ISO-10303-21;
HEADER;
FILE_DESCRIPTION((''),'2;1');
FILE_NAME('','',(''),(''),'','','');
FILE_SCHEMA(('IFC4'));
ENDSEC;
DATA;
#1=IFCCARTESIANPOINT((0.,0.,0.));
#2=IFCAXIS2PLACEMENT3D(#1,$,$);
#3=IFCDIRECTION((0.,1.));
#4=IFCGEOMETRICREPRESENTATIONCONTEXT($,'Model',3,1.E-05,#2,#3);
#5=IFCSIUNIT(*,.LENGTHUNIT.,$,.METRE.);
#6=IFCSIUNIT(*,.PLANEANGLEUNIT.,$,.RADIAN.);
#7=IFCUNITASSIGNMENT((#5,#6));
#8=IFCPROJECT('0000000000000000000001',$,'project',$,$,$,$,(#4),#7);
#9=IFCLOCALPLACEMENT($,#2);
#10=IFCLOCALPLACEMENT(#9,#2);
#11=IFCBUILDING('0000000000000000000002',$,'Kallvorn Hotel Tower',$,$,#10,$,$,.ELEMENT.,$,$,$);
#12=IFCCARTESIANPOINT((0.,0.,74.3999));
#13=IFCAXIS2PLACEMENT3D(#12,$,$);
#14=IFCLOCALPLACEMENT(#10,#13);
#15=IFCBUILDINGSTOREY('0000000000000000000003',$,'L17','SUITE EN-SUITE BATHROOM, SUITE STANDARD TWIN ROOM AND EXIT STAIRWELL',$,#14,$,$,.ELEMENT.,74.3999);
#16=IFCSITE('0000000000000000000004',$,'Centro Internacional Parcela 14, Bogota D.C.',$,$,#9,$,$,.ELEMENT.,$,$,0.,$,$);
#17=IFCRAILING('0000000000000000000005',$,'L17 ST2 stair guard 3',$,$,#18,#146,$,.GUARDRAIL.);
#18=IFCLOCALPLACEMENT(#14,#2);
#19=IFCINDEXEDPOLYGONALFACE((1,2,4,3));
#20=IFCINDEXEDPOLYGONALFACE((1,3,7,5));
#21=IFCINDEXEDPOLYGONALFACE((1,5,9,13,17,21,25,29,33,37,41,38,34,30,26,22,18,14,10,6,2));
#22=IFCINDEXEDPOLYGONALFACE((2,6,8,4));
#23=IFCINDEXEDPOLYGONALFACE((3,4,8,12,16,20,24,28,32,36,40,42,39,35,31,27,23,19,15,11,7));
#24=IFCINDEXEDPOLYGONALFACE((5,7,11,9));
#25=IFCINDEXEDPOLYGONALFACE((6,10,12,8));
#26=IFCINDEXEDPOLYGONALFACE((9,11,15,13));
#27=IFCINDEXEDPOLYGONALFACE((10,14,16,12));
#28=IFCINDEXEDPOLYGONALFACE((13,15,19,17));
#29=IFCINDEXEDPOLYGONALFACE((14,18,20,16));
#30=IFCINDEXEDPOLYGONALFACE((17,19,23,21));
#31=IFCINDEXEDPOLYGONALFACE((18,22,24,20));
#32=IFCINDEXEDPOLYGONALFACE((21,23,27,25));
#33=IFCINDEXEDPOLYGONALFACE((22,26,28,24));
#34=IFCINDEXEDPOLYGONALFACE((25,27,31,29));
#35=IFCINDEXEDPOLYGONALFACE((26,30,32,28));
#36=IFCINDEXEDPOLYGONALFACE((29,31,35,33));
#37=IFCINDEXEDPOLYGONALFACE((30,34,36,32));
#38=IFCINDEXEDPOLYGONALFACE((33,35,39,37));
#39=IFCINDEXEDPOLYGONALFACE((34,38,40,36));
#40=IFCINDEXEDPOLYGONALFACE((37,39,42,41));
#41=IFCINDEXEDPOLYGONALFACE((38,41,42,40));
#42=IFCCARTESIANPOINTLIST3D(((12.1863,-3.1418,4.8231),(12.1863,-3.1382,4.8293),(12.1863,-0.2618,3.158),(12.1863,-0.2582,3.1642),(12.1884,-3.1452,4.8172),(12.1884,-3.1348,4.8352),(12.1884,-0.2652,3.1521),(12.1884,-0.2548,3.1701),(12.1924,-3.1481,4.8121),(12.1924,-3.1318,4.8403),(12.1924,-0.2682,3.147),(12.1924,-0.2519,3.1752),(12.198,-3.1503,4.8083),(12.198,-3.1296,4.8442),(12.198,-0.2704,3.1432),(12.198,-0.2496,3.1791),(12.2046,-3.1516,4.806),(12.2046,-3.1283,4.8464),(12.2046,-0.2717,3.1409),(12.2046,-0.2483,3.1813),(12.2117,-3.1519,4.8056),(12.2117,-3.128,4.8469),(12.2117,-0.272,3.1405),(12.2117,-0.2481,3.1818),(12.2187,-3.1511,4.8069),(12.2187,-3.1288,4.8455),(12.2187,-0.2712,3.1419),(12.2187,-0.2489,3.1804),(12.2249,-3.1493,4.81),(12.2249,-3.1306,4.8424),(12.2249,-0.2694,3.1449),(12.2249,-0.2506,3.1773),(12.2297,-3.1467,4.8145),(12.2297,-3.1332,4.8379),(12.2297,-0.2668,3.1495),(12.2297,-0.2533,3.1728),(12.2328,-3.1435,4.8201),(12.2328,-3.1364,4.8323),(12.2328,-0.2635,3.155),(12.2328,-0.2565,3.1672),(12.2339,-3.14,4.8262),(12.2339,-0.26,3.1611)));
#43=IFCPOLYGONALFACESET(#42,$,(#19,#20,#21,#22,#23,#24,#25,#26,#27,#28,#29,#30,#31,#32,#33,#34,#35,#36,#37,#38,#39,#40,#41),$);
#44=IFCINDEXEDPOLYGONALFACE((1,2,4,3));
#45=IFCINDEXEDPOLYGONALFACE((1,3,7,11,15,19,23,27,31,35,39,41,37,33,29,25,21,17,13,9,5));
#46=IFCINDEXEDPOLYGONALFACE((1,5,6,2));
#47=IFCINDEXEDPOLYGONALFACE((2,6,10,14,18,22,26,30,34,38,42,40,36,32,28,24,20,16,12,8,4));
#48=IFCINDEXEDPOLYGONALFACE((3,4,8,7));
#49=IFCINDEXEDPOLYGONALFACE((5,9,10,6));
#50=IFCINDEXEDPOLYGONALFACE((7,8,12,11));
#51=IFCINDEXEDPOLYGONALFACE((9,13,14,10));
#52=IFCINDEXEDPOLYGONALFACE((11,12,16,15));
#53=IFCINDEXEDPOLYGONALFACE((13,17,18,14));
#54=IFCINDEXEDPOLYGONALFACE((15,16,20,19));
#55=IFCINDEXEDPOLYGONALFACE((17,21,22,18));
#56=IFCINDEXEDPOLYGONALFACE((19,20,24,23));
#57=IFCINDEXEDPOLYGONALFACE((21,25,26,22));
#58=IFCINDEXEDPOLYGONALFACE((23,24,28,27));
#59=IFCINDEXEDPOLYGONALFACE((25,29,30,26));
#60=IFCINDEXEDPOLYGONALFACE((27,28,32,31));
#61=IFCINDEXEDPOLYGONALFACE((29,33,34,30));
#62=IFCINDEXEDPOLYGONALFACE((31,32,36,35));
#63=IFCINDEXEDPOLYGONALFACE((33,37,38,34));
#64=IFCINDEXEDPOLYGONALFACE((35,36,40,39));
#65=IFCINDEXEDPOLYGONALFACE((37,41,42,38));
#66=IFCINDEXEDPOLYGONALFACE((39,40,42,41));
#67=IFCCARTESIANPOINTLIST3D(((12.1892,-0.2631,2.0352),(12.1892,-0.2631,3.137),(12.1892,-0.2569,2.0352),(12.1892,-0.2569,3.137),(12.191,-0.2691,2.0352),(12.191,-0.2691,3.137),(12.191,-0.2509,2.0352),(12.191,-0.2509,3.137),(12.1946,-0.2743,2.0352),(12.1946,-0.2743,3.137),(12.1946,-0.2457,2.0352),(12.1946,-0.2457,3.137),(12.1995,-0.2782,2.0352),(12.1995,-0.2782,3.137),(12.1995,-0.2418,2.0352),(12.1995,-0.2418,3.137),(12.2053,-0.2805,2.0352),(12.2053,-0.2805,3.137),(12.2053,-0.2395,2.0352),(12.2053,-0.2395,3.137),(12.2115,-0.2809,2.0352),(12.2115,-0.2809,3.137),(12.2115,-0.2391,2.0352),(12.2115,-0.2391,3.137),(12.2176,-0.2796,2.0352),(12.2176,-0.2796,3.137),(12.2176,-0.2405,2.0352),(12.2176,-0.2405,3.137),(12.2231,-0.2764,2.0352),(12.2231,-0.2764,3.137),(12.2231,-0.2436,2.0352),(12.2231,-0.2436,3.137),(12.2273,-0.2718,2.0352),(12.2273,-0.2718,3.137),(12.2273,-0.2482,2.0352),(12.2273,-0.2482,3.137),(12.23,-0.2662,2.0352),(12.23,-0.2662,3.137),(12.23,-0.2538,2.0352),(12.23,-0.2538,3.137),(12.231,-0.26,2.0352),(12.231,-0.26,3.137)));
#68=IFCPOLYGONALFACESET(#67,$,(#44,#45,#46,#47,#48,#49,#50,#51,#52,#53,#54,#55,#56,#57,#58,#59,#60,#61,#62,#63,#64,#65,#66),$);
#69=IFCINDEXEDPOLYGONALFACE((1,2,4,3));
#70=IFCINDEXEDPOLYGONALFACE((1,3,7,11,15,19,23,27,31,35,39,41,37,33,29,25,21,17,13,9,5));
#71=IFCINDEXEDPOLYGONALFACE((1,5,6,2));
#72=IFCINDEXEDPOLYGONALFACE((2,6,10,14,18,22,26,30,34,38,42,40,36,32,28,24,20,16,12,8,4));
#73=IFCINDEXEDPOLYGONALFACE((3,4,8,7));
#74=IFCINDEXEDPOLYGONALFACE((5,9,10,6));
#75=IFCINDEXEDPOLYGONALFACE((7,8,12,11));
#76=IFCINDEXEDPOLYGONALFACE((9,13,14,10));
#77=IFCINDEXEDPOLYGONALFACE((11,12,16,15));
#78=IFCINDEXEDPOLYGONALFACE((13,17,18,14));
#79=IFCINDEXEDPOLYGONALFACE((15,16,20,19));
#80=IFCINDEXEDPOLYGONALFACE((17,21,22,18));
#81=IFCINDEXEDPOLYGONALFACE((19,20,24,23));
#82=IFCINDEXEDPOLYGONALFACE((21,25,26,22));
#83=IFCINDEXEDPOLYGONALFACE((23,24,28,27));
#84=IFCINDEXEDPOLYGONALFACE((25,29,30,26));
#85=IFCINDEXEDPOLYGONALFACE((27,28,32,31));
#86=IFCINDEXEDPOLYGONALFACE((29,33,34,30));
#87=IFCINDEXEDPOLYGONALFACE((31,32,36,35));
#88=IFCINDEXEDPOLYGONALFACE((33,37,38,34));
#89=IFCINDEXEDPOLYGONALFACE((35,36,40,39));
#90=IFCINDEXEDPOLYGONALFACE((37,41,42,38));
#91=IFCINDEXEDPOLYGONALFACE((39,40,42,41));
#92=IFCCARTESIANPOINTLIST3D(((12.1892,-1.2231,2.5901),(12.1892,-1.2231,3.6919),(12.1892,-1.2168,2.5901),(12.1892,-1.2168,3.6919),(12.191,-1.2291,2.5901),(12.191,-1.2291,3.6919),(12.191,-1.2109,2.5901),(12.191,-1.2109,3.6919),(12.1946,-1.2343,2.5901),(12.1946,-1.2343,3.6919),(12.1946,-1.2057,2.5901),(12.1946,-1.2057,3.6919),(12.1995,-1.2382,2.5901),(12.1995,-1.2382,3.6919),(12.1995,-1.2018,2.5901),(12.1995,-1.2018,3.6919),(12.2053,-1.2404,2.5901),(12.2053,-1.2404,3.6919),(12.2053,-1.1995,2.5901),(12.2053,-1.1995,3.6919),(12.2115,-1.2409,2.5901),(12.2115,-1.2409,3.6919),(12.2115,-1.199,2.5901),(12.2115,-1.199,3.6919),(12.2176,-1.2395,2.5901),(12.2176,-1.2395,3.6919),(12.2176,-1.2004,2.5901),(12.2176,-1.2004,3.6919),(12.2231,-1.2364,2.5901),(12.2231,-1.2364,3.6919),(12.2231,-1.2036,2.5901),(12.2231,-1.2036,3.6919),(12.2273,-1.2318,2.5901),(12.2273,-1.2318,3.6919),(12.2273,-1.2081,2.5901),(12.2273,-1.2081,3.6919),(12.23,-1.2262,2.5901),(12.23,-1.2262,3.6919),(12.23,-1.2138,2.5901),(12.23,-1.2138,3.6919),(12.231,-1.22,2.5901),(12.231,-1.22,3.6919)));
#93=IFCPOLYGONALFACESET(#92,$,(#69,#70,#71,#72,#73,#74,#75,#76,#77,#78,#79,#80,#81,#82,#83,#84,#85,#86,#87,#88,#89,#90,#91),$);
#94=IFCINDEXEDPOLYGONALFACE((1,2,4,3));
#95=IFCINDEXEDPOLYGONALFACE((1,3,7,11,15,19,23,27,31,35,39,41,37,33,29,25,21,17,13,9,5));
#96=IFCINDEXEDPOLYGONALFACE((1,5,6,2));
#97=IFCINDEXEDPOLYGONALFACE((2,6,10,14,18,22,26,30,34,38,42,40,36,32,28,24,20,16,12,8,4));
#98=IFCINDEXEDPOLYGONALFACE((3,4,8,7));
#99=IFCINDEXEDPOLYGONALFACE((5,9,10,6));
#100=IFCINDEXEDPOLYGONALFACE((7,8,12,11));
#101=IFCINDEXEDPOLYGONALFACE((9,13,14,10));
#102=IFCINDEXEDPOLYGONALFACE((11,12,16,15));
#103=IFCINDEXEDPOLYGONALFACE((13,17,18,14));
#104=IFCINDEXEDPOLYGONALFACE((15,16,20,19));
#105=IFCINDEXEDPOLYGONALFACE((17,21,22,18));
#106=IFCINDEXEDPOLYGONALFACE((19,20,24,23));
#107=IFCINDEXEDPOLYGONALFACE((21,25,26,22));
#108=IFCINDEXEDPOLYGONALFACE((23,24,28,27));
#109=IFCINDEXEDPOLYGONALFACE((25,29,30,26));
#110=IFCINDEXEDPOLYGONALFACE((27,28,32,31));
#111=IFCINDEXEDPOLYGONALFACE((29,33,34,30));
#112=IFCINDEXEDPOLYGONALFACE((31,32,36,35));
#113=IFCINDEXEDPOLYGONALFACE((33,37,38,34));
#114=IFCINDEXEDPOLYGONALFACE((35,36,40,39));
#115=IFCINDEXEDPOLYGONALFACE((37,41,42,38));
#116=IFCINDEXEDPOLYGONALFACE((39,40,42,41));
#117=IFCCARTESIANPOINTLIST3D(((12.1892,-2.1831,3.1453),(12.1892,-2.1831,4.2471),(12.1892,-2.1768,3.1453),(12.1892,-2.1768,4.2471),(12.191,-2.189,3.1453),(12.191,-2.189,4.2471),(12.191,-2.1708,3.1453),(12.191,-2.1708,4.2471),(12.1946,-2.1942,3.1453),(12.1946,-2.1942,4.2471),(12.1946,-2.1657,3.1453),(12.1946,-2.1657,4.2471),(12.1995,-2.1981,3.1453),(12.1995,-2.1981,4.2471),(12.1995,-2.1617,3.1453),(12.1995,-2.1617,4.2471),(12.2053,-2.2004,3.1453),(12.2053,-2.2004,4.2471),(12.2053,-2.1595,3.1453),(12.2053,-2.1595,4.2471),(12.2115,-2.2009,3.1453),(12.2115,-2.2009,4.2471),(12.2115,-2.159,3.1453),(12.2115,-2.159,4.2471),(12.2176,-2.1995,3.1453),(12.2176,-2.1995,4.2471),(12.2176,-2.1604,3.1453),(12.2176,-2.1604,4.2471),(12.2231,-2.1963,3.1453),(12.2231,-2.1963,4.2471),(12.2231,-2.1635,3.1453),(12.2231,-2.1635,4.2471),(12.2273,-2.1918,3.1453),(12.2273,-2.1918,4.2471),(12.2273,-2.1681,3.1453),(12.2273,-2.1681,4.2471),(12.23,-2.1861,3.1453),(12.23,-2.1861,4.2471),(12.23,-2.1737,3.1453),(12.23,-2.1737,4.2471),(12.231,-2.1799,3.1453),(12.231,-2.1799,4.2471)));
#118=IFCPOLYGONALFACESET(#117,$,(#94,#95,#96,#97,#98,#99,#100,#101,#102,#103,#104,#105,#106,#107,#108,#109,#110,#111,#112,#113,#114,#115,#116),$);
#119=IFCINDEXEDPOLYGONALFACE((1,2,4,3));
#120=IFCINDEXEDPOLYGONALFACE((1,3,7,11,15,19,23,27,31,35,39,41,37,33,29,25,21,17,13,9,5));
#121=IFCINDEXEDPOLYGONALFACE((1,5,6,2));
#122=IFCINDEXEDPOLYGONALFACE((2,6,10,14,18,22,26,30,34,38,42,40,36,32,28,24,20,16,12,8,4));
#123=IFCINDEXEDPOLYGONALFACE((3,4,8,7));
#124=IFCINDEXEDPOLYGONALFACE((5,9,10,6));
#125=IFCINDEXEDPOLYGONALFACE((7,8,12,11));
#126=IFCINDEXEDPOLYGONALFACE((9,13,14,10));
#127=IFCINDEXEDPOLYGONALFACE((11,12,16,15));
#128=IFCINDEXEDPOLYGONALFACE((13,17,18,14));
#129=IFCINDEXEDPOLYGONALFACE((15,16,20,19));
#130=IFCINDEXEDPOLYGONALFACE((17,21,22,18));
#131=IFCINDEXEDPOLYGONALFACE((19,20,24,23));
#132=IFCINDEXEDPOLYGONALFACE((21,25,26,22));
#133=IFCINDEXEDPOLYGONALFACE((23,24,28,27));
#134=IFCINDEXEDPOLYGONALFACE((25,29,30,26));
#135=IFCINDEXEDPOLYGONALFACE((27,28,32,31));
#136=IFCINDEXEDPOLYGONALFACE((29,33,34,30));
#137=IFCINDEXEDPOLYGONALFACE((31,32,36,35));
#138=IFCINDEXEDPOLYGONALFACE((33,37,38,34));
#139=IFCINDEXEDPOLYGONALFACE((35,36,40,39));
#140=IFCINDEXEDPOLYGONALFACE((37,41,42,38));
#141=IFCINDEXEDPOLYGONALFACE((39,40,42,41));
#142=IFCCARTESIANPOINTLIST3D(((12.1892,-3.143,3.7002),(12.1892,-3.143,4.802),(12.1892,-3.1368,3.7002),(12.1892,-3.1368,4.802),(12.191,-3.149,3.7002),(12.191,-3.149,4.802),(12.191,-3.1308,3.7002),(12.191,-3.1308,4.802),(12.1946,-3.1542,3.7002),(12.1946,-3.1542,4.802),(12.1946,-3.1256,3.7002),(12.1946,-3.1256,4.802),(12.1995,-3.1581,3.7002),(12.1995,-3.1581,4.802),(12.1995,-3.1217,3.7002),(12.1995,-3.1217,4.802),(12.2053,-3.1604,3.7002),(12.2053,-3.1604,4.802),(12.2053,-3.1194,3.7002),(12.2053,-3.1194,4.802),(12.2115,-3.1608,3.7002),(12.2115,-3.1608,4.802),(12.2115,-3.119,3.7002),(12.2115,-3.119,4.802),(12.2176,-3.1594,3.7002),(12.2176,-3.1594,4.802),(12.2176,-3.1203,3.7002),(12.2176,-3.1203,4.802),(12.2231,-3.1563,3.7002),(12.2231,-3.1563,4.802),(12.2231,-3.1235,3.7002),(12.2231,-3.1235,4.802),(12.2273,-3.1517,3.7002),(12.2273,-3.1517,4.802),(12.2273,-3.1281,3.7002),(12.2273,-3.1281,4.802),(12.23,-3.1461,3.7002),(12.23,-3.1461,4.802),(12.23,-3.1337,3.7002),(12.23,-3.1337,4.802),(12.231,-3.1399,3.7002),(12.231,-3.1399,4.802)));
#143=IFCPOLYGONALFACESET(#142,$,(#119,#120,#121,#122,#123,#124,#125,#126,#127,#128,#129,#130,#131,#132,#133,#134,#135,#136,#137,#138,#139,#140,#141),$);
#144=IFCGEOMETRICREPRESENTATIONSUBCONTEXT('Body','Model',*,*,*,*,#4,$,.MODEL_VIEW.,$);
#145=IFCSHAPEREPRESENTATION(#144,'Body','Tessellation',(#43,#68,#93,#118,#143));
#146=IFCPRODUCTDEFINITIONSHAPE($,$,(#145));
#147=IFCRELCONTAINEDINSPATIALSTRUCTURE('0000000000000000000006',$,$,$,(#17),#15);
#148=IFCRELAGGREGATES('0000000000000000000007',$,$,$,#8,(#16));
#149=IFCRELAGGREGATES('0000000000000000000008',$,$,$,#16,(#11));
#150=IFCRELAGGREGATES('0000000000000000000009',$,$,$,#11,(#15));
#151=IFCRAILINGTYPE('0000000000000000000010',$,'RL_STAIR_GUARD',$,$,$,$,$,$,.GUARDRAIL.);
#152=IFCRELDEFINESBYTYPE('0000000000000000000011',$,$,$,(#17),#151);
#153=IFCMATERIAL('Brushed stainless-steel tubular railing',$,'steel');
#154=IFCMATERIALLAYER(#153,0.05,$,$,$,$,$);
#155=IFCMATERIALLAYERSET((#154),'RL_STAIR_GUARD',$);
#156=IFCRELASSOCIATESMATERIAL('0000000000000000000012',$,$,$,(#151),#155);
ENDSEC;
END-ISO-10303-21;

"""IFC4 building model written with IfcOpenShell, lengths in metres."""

from ifc_helpers import new_model, si_unit, direction, frame, origin, origin_2d, place, context, subcontext, project, spatial, circle, extrude, material, layer, layer_set, type_object, element, save


model = new_model("IFC4")

# Units and contexts
model_context = context("Model", 3, precision=1e-05, world=origin(), true_north=direction((0.0, 1.0)))
body_context = subcontext(model_context, "Body", "Model", "MODEL_VIEW")
ifc_project = project(units=[si_unit("LENGTHUNIT", "METRE"), si_unit("PLANEANGLEUNIT", "RADIAN")], contexts=[model_context])

# Site, building, storey
site_placement = place(None, origin())
site = spatial("IfcSite", under=ifc_project, at=site_placement, Name="Centro Internacional Parcela 14, Bogota D.C.", CompositionType="ELEMENT", RefElevation=0.0)
building_placement = place(site_placement, origin())
building = spatial("IfcBuilding", under=site, at=building_placement, Name="Kallvorn Hotel Tower", CompositionType="ELEMENT")
storey_placement = place(building_placement, frame((0.0, 0.0, 74.3999)))
storey = spatial("IfcBuildingStorey", under=building, at=storey_placement, Name="L17", Description="SUITE EN-SUITE BATHROOM, SUITE STANDARD TWIN ROOM AND EXIT STAIRWELL", CompositionType="ELEMENT", Elevation=74.3999)

# Railing
ifc_material_1 = material(Name="Brushed stainless-steel tubular railing", Category="steel")
ifc_layer_1 = layer(ifc_material_1, 0.05)
ifc_layer_set_1 = layer_set([ifc_layer_1], Name="RL_STAIR_GUARD")
railing_type_1 = type_object("IfcRailingType", Name="RL_STAIR_GUARD", PredefinedType="GUARDRAIL", material=ifc_layer_set_1)
railing_1_placement = place(storey_placement, frame((12.21, -0.26, 2.0352)))
element("IfcRailing", 1, at=railing_1_placement, inside=storey, type_object=railing_type_1, Name="L17 ST2 stair guard 3", PredefinedType="GUARDRAIL", context=body_context, shape_type="SweptSolid", body=[
    extrude(circle(Radius=0.0239, at=origin_2d()), frame((0.0, 0.0, 1.126), z_axis=(0.0, -0.865721, 0.500527), x_axis=(1.0, 0.0, 0.0)), (0.0, 0.0, 1.0), 3.3267),
    extrude(circle(Radius=0.021, at=origin_2d()), origin(), (0.0, 0.0, 1.0), 1.1018),
    extrude(circle(Radius=0.021, at=origin_2d()), frame((0.0, -0.96, 0.5549)), (0.0, 0.0, 1.0), 1.1018),
    extrude(circle(Radius=0.021, at=origin_2d()), frame((0.0, -1.9199, 1.1101)), (0.0, 0.0, 1.0), 1.1018),
    extrude(circle(Radius=0.021, at=origin_2d()), frame((0.0, -2.8799, 1.665)), (0.0, 0.0, 1.0), 1.1018),
])

save(model, "model.ifc")
